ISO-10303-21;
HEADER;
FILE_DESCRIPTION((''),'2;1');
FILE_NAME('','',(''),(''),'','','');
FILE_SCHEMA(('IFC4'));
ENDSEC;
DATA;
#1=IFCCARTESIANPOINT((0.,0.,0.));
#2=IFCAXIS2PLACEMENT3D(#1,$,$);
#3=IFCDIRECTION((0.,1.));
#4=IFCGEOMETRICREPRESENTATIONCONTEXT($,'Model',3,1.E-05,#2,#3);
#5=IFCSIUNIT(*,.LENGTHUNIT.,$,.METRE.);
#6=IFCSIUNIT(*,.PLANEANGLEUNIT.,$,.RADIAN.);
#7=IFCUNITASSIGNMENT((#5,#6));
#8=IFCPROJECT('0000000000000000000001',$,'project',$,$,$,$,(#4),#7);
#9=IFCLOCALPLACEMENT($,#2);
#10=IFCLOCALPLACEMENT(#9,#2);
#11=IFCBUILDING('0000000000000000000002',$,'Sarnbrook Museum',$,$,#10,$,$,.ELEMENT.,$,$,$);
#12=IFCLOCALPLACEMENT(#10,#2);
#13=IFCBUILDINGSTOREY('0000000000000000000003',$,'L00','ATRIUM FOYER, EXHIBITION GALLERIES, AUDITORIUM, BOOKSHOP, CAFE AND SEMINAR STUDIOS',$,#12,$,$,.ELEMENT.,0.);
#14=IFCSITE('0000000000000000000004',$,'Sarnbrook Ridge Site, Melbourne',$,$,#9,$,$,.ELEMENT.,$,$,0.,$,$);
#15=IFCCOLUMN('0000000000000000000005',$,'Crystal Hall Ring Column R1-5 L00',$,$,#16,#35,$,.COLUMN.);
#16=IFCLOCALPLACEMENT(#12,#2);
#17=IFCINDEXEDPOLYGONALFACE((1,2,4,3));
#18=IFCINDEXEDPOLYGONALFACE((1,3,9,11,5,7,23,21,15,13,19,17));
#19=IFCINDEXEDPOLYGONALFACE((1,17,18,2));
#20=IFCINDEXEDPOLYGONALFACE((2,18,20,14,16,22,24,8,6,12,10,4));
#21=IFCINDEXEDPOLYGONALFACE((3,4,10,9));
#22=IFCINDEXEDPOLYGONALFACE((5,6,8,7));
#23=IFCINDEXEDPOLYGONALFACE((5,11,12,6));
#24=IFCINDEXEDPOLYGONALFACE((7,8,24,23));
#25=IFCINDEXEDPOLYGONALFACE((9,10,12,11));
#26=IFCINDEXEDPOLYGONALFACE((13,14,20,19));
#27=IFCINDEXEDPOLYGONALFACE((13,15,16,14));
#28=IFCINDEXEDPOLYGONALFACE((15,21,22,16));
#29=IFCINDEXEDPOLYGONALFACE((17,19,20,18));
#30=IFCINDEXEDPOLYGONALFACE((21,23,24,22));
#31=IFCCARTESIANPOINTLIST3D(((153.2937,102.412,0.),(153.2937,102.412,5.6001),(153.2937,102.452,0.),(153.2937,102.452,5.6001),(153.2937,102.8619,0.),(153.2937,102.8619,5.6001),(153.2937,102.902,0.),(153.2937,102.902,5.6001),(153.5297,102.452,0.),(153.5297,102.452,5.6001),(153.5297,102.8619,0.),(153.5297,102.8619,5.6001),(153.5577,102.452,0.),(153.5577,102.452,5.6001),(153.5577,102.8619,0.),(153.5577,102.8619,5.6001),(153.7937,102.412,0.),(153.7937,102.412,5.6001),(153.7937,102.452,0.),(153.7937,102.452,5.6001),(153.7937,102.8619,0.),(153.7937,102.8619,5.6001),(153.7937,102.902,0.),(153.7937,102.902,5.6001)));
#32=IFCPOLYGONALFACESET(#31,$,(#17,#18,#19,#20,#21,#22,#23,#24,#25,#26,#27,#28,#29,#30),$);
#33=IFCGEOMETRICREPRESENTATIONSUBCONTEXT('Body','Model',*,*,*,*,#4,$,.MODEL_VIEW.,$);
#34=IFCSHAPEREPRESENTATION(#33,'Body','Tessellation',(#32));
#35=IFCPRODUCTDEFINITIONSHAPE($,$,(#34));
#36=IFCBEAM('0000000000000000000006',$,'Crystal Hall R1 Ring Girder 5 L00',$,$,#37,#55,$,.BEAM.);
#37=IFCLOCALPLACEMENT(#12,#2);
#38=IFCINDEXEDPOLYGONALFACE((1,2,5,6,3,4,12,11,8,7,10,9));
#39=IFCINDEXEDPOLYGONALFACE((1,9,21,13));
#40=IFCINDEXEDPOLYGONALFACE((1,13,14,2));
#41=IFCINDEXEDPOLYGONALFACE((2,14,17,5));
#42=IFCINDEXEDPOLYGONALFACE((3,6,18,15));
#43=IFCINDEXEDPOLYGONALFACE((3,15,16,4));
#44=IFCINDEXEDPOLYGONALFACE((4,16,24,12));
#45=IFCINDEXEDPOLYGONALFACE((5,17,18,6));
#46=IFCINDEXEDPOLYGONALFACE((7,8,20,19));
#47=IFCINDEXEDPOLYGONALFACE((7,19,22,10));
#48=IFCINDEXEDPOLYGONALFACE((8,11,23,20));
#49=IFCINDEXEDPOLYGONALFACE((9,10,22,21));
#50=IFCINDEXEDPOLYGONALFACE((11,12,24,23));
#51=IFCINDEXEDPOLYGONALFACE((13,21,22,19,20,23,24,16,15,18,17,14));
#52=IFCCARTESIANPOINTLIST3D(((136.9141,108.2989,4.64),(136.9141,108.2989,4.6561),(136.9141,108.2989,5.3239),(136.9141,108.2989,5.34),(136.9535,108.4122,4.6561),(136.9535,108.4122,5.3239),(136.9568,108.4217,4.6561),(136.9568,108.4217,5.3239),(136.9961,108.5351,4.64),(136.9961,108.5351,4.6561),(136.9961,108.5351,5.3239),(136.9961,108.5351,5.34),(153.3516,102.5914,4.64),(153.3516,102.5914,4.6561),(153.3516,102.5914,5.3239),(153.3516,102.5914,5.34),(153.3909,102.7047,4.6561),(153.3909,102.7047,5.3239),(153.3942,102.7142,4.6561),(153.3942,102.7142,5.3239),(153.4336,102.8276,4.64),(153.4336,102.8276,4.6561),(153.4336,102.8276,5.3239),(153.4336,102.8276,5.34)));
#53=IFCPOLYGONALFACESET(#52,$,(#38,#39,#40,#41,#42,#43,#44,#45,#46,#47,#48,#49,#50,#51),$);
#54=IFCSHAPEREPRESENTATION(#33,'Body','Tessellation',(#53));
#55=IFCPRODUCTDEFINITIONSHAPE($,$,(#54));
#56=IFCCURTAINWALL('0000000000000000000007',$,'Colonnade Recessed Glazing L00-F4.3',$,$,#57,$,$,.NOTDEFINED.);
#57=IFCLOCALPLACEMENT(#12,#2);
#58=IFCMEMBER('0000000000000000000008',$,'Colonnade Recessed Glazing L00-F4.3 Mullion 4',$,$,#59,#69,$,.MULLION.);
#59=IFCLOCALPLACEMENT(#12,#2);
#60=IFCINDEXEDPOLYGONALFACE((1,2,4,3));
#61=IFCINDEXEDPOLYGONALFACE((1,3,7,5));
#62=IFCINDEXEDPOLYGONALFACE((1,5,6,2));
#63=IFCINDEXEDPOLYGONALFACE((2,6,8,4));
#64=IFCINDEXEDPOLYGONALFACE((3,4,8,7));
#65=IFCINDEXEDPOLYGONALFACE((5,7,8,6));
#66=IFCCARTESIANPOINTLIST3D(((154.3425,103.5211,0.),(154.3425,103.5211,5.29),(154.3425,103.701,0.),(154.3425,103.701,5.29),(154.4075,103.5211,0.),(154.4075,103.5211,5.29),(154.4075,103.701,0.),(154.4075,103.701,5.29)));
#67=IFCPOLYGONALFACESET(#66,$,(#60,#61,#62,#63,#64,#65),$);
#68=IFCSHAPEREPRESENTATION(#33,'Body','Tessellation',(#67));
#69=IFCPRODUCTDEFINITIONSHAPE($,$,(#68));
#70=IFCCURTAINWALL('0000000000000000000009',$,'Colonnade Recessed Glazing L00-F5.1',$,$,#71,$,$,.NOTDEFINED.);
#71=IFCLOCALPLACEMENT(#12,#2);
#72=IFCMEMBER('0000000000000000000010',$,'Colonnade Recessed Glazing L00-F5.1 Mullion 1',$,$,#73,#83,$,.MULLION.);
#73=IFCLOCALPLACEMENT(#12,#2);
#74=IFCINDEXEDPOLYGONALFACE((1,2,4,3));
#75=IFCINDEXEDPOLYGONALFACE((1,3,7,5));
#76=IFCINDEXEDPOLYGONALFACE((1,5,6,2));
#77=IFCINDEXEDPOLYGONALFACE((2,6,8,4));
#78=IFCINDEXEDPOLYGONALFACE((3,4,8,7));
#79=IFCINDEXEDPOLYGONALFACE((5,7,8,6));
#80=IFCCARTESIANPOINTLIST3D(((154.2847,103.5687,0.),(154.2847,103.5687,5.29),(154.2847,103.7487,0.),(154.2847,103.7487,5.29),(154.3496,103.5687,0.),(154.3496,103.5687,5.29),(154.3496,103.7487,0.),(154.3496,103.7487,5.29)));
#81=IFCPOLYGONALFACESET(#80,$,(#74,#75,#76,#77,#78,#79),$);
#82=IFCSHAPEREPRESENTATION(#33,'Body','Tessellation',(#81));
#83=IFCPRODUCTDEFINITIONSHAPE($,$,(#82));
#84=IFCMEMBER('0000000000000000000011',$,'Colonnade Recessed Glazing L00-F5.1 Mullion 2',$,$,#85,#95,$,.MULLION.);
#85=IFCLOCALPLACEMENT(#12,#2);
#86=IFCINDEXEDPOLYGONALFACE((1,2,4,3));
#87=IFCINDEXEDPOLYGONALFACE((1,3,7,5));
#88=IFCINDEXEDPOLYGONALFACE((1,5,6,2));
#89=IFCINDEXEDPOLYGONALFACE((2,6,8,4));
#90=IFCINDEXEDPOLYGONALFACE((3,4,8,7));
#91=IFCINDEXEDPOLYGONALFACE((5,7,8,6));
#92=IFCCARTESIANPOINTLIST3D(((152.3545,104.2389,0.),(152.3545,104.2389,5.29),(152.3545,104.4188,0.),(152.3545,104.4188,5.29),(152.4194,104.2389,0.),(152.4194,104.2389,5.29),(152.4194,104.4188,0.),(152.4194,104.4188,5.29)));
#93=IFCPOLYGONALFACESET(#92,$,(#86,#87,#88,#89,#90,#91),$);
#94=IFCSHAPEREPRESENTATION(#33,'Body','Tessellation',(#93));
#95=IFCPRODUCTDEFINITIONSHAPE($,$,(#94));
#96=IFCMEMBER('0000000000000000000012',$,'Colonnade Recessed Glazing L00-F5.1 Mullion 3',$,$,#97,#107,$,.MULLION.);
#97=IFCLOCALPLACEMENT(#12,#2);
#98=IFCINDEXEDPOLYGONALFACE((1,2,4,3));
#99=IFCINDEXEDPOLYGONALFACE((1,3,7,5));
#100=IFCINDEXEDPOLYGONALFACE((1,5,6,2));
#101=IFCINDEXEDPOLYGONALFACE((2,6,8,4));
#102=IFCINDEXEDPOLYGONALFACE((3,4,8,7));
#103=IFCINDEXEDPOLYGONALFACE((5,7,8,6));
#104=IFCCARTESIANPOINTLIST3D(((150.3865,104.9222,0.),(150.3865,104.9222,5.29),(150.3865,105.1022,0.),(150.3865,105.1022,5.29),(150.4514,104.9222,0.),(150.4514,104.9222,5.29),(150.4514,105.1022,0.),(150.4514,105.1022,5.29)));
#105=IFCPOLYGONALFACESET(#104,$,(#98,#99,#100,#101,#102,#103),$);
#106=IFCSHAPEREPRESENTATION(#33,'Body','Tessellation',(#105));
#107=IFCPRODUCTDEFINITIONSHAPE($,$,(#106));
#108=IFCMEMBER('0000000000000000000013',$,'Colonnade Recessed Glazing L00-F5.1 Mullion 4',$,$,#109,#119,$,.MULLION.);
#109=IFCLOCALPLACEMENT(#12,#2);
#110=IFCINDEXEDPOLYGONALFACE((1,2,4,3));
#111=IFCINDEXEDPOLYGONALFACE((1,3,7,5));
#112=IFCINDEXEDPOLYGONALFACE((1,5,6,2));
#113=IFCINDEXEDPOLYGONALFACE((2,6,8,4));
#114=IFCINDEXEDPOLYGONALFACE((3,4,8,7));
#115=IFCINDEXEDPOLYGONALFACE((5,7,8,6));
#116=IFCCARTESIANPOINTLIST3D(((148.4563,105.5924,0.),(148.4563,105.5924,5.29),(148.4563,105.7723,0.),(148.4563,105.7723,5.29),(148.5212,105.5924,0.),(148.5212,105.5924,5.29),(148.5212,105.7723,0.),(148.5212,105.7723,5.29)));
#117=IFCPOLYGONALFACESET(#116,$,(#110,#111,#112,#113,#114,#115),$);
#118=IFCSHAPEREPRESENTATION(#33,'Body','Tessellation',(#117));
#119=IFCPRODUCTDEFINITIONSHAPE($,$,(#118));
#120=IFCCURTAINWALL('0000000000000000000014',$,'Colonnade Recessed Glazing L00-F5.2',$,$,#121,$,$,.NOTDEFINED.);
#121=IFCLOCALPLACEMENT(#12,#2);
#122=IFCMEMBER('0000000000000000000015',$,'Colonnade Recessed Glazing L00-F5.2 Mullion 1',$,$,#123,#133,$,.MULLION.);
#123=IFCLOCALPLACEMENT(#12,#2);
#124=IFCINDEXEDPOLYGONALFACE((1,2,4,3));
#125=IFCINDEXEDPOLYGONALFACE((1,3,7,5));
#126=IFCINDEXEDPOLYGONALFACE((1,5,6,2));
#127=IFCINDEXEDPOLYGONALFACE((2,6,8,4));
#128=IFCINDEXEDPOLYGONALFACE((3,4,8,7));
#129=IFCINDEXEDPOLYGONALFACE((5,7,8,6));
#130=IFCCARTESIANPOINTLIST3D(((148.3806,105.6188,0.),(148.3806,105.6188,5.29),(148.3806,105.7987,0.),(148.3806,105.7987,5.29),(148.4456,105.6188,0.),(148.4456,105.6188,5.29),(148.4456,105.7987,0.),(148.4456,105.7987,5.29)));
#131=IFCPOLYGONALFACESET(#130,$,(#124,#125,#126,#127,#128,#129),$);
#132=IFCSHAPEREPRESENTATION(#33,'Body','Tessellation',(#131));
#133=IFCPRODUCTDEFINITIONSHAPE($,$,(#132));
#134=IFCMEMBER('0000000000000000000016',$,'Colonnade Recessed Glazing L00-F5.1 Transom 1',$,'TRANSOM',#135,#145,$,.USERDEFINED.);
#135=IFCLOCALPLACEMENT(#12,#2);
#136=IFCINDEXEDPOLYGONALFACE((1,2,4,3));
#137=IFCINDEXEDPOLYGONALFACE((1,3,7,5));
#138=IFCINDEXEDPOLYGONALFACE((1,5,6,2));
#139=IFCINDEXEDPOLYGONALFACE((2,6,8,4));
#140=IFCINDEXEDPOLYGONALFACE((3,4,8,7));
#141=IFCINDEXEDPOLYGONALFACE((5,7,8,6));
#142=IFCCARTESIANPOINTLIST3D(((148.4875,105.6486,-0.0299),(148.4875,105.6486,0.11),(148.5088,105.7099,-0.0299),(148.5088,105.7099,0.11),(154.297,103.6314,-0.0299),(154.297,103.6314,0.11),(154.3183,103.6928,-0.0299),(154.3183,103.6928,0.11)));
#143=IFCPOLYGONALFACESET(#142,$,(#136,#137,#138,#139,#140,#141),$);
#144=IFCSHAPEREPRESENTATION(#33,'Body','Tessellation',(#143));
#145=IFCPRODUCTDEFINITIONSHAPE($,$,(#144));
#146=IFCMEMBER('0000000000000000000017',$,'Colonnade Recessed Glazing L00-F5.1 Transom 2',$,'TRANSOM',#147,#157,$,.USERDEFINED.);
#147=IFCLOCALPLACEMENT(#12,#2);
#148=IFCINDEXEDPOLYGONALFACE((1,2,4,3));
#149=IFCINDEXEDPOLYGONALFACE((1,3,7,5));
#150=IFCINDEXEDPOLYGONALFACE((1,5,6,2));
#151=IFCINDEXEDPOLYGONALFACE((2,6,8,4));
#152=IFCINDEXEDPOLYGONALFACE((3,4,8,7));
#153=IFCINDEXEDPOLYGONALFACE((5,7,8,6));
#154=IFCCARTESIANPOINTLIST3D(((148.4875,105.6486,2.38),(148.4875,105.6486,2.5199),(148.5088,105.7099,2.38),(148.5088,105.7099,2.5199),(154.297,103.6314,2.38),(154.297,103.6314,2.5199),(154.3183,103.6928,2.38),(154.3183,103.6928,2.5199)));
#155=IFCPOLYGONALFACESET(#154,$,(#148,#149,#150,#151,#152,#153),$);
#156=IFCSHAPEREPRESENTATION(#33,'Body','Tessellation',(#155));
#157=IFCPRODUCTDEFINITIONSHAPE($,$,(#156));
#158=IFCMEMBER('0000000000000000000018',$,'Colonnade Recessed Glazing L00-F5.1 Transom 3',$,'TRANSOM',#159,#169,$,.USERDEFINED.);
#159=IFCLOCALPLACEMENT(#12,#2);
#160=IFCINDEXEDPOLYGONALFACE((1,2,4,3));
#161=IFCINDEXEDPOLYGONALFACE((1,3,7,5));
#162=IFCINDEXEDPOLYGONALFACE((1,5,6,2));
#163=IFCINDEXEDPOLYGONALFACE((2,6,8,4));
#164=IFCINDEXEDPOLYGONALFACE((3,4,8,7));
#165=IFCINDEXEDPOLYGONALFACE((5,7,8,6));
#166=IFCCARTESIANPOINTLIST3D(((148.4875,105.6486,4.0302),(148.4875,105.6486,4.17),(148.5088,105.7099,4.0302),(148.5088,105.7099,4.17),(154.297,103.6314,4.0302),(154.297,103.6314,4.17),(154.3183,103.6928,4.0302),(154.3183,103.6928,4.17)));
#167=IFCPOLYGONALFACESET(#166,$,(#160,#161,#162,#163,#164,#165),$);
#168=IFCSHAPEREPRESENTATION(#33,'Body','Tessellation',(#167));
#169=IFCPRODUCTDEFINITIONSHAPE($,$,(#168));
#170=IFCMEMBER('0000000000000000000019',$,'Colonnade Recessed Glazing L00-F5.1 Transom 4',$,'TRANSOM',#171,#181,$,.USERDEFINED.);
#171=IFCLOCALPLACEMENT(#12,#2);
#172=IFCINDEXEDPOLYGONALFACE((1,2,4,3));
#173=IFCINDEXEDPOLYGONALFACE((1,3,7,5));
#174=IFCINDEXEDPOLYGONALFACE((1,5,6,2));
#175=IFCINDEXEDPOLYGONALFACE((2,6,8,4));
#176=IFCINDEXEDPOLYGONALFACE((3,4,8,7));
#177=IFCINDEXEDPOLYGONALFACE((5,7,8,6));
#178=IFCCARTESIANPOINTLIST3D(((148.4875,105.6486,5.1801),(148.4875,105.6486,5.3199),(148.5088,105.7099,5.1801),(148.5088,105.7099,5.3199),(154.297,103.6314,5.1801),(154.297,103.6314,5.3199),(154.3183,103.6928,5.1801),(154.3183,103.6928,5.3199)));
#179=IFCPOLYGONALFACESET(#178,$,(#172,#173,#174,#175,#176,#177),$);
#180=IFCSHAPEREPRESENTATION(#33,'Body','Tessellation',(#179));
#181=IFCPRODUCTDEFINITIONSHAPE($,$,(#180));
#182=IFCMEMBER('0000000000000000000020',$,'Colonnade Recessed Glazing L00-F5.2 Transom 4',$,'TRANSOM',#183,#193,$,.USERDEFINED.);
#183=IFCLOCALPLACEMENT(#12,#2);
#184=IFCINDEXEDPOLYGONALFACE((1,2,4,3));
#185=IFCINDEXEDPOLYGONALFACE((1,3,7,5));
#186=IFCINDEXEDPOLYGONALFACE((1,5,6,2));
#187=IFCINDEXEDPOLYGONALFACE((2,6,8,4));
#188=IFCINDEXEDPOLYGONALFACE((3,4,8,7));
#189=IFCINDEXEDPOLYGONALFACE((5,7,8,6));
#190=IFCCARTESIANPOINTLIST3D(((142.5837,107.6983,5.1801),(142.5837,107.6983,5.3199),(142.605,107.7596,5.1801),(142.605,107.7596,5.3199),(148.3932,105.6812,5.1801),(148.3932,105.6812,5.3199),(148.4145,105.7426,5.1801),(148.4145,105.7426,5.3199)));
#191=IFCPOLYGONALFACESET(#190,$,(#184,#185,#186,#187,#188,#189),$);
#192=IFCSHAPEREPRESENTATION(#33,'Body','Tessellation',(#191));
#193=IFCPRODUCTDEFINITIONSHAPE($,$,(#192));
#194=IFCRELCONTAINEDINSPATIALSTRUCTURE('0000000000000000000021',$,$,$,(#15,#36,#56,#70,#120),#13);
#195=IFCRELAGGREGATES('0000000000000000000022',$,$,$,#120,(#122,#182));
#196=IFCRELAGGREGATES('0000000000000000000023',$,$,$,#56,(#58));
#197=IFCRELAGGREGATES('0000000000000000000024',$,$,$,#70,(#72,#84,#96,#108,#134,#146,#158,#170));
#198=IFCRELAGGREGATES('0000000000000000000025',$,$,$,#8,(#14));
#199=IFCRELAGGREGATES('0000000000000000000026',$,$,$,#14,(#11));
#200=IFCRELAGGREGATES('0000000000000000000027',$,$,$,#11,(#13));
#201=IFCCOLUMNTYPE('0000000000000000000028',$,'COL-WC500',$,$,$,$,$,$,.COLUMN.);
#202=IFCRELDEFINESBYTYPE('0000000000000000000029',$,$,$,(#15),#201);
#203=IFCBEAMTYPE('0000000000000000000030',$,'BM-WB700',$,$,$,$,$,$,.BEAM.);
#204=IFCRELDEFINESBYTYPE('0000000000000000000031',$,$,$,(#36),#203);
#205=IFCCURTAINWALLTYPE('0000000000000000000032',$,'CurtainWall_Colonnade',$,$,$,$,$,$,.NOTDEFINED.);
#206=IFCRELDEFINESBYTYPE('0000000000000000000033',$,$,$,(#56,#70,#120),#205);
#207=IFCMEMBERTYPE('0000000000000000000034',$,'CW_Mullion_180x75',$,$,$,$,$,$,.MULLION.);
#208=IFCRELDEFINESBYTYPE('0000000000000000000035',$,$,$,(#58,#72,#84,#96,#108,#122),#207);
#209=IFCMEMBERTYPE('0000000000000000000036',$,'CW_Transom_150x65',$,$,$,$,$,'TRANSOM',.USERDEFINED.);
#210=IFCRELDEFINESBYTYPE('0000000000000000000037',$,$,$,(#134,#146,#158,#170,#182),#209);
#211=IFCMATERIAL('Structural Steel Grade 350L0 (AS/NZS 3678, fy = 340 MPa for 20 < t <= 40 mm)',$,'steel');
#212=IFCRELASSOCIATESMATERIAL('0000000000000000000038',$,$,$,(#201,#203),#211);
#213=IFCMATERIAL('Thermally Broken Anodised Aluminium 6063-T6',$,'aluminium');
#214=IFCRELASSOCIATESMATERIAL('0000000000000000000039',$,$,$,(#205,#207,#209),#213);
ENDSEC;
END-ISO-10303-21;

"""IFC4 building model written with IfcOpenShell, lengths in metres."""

from ifc_helpers import new_model, si_unit, direction, frame, origin, origin_2d, place, context, subcontext, project, spatial, rectangle, i_section, extrude, material, material_profile, profile_set, type_object, element, aggregate, save


model = new_model("IFC4")

# Units and contexts
model_context = context("Model", 3, precision=1e-05, world=origin(), true_north=direction((0.0, 1.0)))
body_context = subcontext(model_context, "Body", "Model", "MODEL_VIEW")
ifc_project = project(units=[si_unit("LENGTHUNIT", "METRE"), si_unit("PLANEANGLEUNIT", "RADIAN")], contexts=[model_context])

# Site, building, storey
site_placement = place(None, origin())
site = spatial("IfcSite", under=ifc_project, at=site_placement, Name="Sarnbrook Ridge Site, Melbourne", CompositionType="ELEMENT", RefElevation=0.0)
building_placement = place(site_placement, origin())
building = spatial("IfcBuilding", under=site, at=building_placement, Name="Sarnbrook Museum", CompositionType="ELEMENT")
storey_placement = place(building_placement, origin())
storey = spatial("IfcBuildingStorey", under=building, at=storey_placement, Name="L00", Description="ATRIUM FOYER, EXHIBITION GALLERIES, AUDITORIUM, BOOKSHOP, CAFE AND SEMINAR STUDIOS", CompositionType="ELEMENT", Elevation=0.0)

# Column
ifc_material_1 = material(Name="Structural Steel Grade 350L0 (AS/NZS 3678, fy = 340 MPa for 20 < t <= 40 mm)", Category="steel")
ifc_material_profile_1 = material_profile(ifc_material_1, i_section(OverallWidth=0.5, OverallDepth=0.49, WebThickness=0.0281, FlangeThickness=0.04, at=origin_2d()), Name="500WC340")
ifc_profile_set_1 = profile_set([ifc_material_profile_1], Name="Structural Steel Grade 350L0 (AS/NZS 3678, fy = 340 MPa for 20 < t <= 40 mm)")
column_type = type_object("IfcColumnType", Name="COL-WC500", PredefinedType="COLUMN", material=ifc_profile_set_1)
column_placement = place(storey_placement, frame((153.5437, 102.657, 0.0), z_axis=(0.0, 0.0, 1.0), x_axis=(1.0, 0.0, 0.0)))
element("IfcColumn", 1, at=column_placement, inside=storey, type_object=column_type, Name="Crystal Hall Ring Column R1-5 L00", PredefinedType="COLUMN", context=body_context, shape_type="SweptSolid", body=[
    extrude(i_section(OverallWidth=0.5, OverallDepth=0.49, WebThickness=0.0281, FlangeThickness=0.04, at=origin_2d()), origin(), (0.0, 0.0, 1.0), 5.6001),
])

# Beam
ifc_material_profile_2 = material_profile(ifc_material_1, i_section(OverallWidth=0.25, OverallDepth=0.7, WebThickness=0.01, FlangeThickness=0.0161, at=origin_2d()), Name="700WB130")
ifc_profile_set_2 = profile_set([ifc_material_profile_2], Name="Structural Steel Grade 350L0 (AS/NZS 3678, fy = 340 MPa for 20 < t <= 40 mm)")
beam_type_1 = type_object("IfcBeamType", Name="BM-WB700", PredefinedType="BEAM", material=ifc_profile_set_2)
beam_1_placement = place(storey_placement, frame((153.3926, 102.7095, 4.99), z_axis=(-0.944673, 0.328014, 0.0), x_axis=(-0.328014, -0.944673, 0.0)))
element("IfcBeam", 2, at=beam_1_placement, inside=storey, type_object=beam_type_1, Name="Crystal Hall R1 Ring Girder 5 L00", PredefinedType="BEAM", context=body_context, shape_type="SweptSolid", body=[
    extrude(i_section(OverallWidth=0.25, OverallDepth=0.7, WebThickness=0.01, FlangeThickness=0.0161, at=origin_2d()), origin(), (0.0, 0.0, 1.0), 17.4001),
])

# Curtain wall, member
ifc_material_2 = material(Name="Thermally Broken Anodised Aluminium 6063-T6", Category="aluminium")
curtain_wall_type = type_object("IfcCurtainWallType", Name="CurtainWall_Colonnade", PredefinedType="NOTDEFINED", material=ifc_material_2)
curtain_wall_1_placement = place(storey_placement, origin())
curtain_wall_1 = element("IfcCurtainWall", 3, at=curtain_wall_1_placement, inside=storey, type_object=curtain_wall_type, Name="Colonnade Recessed Glazing L00-F4.3", PredefinedType="NOTDEFINED")
ifc_material_profile_3 = material_profile(ifc_material_2, rectangle(XDim=0.0649, YDim=0.1799, at=origin_2d()), Name="ALU MULLION 65x180")
ifc_profile_set_3 = profile_set([ifc_material_profile_3], Name="Thermally Broken Anodised Aluminium 6063-T6")
member_type_1 = type_object("IfcMemberType", Name="CW_Mullion_180x75", PredefinedType="MULLION", material=ifc_profile_set_3)
member_1_placement = place(storey_placement, frame((154.375, 103.6111, 0.0), z_axis=(0.0, 0.0, 1.0), x_axis=(1.0, 0.0, 0.0)))
member_1 = element("IfcMember", 4, at=member_1_placement, type_object=member_type_1, Name="Colonnade Recessed Glazing L00-F4.3 Mullion 4", PredefinedType="MULLION", context=body_context, shape_type="SweptSolid", body=[
    extrude(rectangle(XDim=0.0649, YDim=0.1799, at=origin_2d()), origin(), (0.0, 0.0, 1.0), 5.29),
])

# Curtain wall, members
curtain_wall_2_placement = place(storey_placement, origin())
curtain_wall_2 = element("IfcCurtainWall", 5, at=curtain_wall_2_placement, inside=storey, type_object=curtain_wall_type, Name="Colonnade Recessed Glazing L00-F5.1", PredefinedType="NOTDEFINED")
member_2_placement = place(storey_placement, frame((154.3171, 103.6587, 0.0), z_axis=(0.0, 0.0, 1.0), x_axis=(1.0, 0.0, 0.0)))
member_2 = element("IfcMember", 6, at=member_2_placement, type_object=member_type_1, Name="Colonnade Recessed Glazing L00-F5.1 Mullion 1", PredefinedType="MULLION", context=body_context, shape_type="SweptSolid", body=[
    extrude(rectangle(XDim=0.0649, YDim=0.1799, at=origin_2d()), origin(), (0.0, 0.0, 1.0), 5.29),
])
member_3_placement = place(storey_placement, frame((152.387, 104.3289, 0.0), z_axis=(0.0, 0.0, 1.0), x_axis=(1.0, 0.0, 0.0)))
member_3 = element("IfcMember", 7, at=member_3_placement, type_object=member_type_1, Name="Colonnade Recessed Glazing L00-F5.1 Mullion 2", PredefinedType="MULLION", context=body_context, shape_type="SweptSolid", body=[
    extrude(rectangle(XDim=0.0649, YDim=0.1799, at=origin_2d()), origin(), (0.0, 0.0, 1.0), 5.29),
])
member_4_placement = place(storey_placement, frame((150.4189, 105.0122, 0.0), z_axis=(0.0, 0.0, 1.0), x_axis=(1.0, 0.0, 0.0)))
member_4 = element("IfcMember", 8, at=member_4_placement, type_object=member_type_1, Name="Colonnade Recessed Glazing L00-F5.1 Mullion 3", PredefinedType="MULLION", context=body_context, shape_type="SweptSolid", body=[
    extrude(rectangle(XDim=0.0649, YDim=0.1799, at=origin_2d()), origin(), (0.0, 0.0, 1.0), 5.29),
])
member_5_placement = place(storey_placement, frame((148.4888, 105.6824, 0.0), z_axis=(0.0, 0.0, 1.0), x_axis=(1.0, 0.0, 0.0)))
member_5 = element("IfcMember", 9, at=member_5_placement, type_object=member_type_1, Name="Colonnade Recessed Glazing L00-F5.1 Mullion 4", PredefinedType="MULLION", context=body_context, shape_type="SweptSolid", body=[
    extrude(rectangle(XDim=0.0649, YDim=0.1799, at=origin_2d()), origin(), (0.0, 0.0, 1.0), 5.29),
])

# Curtain wall, member
curtain_wall_3_placement = place(storey_placement, origin())
curtain_wall_3 = element("IfcCurtainWall", 10, at=curtain_wall_3_placement, inside=storey, type_object=curtain_wall_type, Name="Colonnade Recessed Glazing L00-F5.2", PredefinedType="NOTDEFINED")
member_6_placement = place(storey_placement, frame((148.4131, 105.7087, 0.0), z_axis=(0.0, 0.0, 1.0), x_axis=(1.0, 0.0, 0.0)))
member_6 = element("IfcMember", 11, at=member_6_placement, type_object=member_type_1, Name="Colonnade Recessed Glazing L00-F5.2 Mullion 1", PredefinedType="MULLION", context=body_context, shape_type="SweptSolid", body=[
    extrude(rectangle(XDim=0.0649, YDim=0.1799, at=origin_2d()), origin(), (0.0, 0.0, 1.0), 5.29),
])

# Members
ifc_material_profile_4 = material_profile(ifc_material_2, rectangle(XDim=0.0649, YDim=0.1399, at=origin_2d()), Name="ALU TRANSOM 65x140")
ifc_profile_set_4 = profile_set([ifc_material_profile_4], Name="Thermally Broken Anodised Aluminium 6063-T6")
member_type_2 = type_object("IfcMemberType", Name="CW_Transom_150x65", ElementType="TRANSOM", PredefinedType="USERDEFINED", material=ifc_profile_set_4)
member_7_placement = place(storey_placement, frame((154.3076, 103.6621, 0.04), z_axis=(-0.944676, 0.328006, 0.0), x_axis=(-0.328006, -0.944676, 0.0)))
member_7 = element("IfcMember", 12, at=member_7_placement, type_object=member_type_2, Name="Colonnade Recessed Glazing L00-F5.1 Transom 1", ObjectType="TRANSOM", PredefinedType="USERDEFINED", context=body_context, shape_type="SweptSolid", body=[
    extrude(rectangle(XDim=0.0649, YDim=0.1399, at=origin_2d()), origin(), (0.0, 0.0, 1.0), 6.1497),
])
member_8_placement = place(storey_placement, frame((154.3076, 103.6621, 2.45), z_axis=(-0.944676, 0.328006, 0.0), x_axis=(-0.328006, -0.944676, 0.0)))
member_8 = element("IfcMember", 13, at=member_8_placement, type_object=member_type_2, Name="Colonnade Recessed Glazing L00-F5.1 Transom 2", ObjectType="TRANSOM", PredefinedType="USERDEFINED", context=body_context, shape_type="SweptSolid", body=[
    extrude(rectangle(XDim=0.0649, YDim=0.1399, at=origin_2d()), origin(), (0.0, 0.0, 1.0), 6.1497),
])
member_9_placement = place(storey_placement, frame((154.3076, 103.6621, 4.1001), z_axis=(-0.944676, 0.328006, 0.0), x_axis=(-0.328006, -0.944676, 0.0)))
member_9 = element("IfcMember", 14, at=member_9_placement, type_object=member_type_2, Name="Colonnade Recessed Glazing L00-F5.1 Transom 3", ObjectType="TRANSOM", PredefinedType="USERDEFINED", context=body_context, shape_type="SweptSolid", body=[
    extrude(rectangle(XDim=0.0649, YDim=0.1399, at=origin_2d()), origin(), (0.0, 0.0, 1.0), 6.1497),
])
member_10_placement = place(storey_placement, frame((154.3076, 103.6621, 5.25), z_axis=(-0.944676, 0.328006, 0.0), x_axis=(-0.328006, -0.944676, 0.0)))
member_10 = element("IfcMember", 15, at=member_10_placement, type_object=member_type_2, Name="Colonnade Recessed Glazing L00-F5.1 Transom 4", ObjectType="TRANSOM", PredefinedType="USERDEFINED", context=body_context, shape_type="SweptSolid", body=[
    extrude(rectangle(XDim=0.0649, YDim=0.1399, at=origin_2d()), origin(), (0.0, 0.0, 1.0), 6.1497),
])
member_11_placement = place(storey_placement, frame((148.4038, 105.7119, 5.25), z_axis=(-0.94468, 0.327994, 0.0), x_axis=(-0.327994, -0.94468, 0.0)))
member_11 = element("IfcMember", 16, at=member_11_placement, type_object=member_type_2, Name="Colonnade Recessed Glazing L00-F5.2 Transom 4", ObjectType="TRANSOM", PredefinedType="USERDEFINED", context=body_context, shape_type="SweptSolid", body=[
    extrude(rectangle(XDim=0.0649, YDim=0.1399, at=origin_2d()), origin(), (0.0, 0.0, 1.0), 6.1497),
])
aggregate(curtain_wall_3, [member_6, member_11])

aggregate(curtain_wall_1, [member_1])
aggregate(curtain_wall_2, [member_2, member_3, member_4, member_5, member_7, member_8, member_9, member_10])

save(model, "model.ifc")
